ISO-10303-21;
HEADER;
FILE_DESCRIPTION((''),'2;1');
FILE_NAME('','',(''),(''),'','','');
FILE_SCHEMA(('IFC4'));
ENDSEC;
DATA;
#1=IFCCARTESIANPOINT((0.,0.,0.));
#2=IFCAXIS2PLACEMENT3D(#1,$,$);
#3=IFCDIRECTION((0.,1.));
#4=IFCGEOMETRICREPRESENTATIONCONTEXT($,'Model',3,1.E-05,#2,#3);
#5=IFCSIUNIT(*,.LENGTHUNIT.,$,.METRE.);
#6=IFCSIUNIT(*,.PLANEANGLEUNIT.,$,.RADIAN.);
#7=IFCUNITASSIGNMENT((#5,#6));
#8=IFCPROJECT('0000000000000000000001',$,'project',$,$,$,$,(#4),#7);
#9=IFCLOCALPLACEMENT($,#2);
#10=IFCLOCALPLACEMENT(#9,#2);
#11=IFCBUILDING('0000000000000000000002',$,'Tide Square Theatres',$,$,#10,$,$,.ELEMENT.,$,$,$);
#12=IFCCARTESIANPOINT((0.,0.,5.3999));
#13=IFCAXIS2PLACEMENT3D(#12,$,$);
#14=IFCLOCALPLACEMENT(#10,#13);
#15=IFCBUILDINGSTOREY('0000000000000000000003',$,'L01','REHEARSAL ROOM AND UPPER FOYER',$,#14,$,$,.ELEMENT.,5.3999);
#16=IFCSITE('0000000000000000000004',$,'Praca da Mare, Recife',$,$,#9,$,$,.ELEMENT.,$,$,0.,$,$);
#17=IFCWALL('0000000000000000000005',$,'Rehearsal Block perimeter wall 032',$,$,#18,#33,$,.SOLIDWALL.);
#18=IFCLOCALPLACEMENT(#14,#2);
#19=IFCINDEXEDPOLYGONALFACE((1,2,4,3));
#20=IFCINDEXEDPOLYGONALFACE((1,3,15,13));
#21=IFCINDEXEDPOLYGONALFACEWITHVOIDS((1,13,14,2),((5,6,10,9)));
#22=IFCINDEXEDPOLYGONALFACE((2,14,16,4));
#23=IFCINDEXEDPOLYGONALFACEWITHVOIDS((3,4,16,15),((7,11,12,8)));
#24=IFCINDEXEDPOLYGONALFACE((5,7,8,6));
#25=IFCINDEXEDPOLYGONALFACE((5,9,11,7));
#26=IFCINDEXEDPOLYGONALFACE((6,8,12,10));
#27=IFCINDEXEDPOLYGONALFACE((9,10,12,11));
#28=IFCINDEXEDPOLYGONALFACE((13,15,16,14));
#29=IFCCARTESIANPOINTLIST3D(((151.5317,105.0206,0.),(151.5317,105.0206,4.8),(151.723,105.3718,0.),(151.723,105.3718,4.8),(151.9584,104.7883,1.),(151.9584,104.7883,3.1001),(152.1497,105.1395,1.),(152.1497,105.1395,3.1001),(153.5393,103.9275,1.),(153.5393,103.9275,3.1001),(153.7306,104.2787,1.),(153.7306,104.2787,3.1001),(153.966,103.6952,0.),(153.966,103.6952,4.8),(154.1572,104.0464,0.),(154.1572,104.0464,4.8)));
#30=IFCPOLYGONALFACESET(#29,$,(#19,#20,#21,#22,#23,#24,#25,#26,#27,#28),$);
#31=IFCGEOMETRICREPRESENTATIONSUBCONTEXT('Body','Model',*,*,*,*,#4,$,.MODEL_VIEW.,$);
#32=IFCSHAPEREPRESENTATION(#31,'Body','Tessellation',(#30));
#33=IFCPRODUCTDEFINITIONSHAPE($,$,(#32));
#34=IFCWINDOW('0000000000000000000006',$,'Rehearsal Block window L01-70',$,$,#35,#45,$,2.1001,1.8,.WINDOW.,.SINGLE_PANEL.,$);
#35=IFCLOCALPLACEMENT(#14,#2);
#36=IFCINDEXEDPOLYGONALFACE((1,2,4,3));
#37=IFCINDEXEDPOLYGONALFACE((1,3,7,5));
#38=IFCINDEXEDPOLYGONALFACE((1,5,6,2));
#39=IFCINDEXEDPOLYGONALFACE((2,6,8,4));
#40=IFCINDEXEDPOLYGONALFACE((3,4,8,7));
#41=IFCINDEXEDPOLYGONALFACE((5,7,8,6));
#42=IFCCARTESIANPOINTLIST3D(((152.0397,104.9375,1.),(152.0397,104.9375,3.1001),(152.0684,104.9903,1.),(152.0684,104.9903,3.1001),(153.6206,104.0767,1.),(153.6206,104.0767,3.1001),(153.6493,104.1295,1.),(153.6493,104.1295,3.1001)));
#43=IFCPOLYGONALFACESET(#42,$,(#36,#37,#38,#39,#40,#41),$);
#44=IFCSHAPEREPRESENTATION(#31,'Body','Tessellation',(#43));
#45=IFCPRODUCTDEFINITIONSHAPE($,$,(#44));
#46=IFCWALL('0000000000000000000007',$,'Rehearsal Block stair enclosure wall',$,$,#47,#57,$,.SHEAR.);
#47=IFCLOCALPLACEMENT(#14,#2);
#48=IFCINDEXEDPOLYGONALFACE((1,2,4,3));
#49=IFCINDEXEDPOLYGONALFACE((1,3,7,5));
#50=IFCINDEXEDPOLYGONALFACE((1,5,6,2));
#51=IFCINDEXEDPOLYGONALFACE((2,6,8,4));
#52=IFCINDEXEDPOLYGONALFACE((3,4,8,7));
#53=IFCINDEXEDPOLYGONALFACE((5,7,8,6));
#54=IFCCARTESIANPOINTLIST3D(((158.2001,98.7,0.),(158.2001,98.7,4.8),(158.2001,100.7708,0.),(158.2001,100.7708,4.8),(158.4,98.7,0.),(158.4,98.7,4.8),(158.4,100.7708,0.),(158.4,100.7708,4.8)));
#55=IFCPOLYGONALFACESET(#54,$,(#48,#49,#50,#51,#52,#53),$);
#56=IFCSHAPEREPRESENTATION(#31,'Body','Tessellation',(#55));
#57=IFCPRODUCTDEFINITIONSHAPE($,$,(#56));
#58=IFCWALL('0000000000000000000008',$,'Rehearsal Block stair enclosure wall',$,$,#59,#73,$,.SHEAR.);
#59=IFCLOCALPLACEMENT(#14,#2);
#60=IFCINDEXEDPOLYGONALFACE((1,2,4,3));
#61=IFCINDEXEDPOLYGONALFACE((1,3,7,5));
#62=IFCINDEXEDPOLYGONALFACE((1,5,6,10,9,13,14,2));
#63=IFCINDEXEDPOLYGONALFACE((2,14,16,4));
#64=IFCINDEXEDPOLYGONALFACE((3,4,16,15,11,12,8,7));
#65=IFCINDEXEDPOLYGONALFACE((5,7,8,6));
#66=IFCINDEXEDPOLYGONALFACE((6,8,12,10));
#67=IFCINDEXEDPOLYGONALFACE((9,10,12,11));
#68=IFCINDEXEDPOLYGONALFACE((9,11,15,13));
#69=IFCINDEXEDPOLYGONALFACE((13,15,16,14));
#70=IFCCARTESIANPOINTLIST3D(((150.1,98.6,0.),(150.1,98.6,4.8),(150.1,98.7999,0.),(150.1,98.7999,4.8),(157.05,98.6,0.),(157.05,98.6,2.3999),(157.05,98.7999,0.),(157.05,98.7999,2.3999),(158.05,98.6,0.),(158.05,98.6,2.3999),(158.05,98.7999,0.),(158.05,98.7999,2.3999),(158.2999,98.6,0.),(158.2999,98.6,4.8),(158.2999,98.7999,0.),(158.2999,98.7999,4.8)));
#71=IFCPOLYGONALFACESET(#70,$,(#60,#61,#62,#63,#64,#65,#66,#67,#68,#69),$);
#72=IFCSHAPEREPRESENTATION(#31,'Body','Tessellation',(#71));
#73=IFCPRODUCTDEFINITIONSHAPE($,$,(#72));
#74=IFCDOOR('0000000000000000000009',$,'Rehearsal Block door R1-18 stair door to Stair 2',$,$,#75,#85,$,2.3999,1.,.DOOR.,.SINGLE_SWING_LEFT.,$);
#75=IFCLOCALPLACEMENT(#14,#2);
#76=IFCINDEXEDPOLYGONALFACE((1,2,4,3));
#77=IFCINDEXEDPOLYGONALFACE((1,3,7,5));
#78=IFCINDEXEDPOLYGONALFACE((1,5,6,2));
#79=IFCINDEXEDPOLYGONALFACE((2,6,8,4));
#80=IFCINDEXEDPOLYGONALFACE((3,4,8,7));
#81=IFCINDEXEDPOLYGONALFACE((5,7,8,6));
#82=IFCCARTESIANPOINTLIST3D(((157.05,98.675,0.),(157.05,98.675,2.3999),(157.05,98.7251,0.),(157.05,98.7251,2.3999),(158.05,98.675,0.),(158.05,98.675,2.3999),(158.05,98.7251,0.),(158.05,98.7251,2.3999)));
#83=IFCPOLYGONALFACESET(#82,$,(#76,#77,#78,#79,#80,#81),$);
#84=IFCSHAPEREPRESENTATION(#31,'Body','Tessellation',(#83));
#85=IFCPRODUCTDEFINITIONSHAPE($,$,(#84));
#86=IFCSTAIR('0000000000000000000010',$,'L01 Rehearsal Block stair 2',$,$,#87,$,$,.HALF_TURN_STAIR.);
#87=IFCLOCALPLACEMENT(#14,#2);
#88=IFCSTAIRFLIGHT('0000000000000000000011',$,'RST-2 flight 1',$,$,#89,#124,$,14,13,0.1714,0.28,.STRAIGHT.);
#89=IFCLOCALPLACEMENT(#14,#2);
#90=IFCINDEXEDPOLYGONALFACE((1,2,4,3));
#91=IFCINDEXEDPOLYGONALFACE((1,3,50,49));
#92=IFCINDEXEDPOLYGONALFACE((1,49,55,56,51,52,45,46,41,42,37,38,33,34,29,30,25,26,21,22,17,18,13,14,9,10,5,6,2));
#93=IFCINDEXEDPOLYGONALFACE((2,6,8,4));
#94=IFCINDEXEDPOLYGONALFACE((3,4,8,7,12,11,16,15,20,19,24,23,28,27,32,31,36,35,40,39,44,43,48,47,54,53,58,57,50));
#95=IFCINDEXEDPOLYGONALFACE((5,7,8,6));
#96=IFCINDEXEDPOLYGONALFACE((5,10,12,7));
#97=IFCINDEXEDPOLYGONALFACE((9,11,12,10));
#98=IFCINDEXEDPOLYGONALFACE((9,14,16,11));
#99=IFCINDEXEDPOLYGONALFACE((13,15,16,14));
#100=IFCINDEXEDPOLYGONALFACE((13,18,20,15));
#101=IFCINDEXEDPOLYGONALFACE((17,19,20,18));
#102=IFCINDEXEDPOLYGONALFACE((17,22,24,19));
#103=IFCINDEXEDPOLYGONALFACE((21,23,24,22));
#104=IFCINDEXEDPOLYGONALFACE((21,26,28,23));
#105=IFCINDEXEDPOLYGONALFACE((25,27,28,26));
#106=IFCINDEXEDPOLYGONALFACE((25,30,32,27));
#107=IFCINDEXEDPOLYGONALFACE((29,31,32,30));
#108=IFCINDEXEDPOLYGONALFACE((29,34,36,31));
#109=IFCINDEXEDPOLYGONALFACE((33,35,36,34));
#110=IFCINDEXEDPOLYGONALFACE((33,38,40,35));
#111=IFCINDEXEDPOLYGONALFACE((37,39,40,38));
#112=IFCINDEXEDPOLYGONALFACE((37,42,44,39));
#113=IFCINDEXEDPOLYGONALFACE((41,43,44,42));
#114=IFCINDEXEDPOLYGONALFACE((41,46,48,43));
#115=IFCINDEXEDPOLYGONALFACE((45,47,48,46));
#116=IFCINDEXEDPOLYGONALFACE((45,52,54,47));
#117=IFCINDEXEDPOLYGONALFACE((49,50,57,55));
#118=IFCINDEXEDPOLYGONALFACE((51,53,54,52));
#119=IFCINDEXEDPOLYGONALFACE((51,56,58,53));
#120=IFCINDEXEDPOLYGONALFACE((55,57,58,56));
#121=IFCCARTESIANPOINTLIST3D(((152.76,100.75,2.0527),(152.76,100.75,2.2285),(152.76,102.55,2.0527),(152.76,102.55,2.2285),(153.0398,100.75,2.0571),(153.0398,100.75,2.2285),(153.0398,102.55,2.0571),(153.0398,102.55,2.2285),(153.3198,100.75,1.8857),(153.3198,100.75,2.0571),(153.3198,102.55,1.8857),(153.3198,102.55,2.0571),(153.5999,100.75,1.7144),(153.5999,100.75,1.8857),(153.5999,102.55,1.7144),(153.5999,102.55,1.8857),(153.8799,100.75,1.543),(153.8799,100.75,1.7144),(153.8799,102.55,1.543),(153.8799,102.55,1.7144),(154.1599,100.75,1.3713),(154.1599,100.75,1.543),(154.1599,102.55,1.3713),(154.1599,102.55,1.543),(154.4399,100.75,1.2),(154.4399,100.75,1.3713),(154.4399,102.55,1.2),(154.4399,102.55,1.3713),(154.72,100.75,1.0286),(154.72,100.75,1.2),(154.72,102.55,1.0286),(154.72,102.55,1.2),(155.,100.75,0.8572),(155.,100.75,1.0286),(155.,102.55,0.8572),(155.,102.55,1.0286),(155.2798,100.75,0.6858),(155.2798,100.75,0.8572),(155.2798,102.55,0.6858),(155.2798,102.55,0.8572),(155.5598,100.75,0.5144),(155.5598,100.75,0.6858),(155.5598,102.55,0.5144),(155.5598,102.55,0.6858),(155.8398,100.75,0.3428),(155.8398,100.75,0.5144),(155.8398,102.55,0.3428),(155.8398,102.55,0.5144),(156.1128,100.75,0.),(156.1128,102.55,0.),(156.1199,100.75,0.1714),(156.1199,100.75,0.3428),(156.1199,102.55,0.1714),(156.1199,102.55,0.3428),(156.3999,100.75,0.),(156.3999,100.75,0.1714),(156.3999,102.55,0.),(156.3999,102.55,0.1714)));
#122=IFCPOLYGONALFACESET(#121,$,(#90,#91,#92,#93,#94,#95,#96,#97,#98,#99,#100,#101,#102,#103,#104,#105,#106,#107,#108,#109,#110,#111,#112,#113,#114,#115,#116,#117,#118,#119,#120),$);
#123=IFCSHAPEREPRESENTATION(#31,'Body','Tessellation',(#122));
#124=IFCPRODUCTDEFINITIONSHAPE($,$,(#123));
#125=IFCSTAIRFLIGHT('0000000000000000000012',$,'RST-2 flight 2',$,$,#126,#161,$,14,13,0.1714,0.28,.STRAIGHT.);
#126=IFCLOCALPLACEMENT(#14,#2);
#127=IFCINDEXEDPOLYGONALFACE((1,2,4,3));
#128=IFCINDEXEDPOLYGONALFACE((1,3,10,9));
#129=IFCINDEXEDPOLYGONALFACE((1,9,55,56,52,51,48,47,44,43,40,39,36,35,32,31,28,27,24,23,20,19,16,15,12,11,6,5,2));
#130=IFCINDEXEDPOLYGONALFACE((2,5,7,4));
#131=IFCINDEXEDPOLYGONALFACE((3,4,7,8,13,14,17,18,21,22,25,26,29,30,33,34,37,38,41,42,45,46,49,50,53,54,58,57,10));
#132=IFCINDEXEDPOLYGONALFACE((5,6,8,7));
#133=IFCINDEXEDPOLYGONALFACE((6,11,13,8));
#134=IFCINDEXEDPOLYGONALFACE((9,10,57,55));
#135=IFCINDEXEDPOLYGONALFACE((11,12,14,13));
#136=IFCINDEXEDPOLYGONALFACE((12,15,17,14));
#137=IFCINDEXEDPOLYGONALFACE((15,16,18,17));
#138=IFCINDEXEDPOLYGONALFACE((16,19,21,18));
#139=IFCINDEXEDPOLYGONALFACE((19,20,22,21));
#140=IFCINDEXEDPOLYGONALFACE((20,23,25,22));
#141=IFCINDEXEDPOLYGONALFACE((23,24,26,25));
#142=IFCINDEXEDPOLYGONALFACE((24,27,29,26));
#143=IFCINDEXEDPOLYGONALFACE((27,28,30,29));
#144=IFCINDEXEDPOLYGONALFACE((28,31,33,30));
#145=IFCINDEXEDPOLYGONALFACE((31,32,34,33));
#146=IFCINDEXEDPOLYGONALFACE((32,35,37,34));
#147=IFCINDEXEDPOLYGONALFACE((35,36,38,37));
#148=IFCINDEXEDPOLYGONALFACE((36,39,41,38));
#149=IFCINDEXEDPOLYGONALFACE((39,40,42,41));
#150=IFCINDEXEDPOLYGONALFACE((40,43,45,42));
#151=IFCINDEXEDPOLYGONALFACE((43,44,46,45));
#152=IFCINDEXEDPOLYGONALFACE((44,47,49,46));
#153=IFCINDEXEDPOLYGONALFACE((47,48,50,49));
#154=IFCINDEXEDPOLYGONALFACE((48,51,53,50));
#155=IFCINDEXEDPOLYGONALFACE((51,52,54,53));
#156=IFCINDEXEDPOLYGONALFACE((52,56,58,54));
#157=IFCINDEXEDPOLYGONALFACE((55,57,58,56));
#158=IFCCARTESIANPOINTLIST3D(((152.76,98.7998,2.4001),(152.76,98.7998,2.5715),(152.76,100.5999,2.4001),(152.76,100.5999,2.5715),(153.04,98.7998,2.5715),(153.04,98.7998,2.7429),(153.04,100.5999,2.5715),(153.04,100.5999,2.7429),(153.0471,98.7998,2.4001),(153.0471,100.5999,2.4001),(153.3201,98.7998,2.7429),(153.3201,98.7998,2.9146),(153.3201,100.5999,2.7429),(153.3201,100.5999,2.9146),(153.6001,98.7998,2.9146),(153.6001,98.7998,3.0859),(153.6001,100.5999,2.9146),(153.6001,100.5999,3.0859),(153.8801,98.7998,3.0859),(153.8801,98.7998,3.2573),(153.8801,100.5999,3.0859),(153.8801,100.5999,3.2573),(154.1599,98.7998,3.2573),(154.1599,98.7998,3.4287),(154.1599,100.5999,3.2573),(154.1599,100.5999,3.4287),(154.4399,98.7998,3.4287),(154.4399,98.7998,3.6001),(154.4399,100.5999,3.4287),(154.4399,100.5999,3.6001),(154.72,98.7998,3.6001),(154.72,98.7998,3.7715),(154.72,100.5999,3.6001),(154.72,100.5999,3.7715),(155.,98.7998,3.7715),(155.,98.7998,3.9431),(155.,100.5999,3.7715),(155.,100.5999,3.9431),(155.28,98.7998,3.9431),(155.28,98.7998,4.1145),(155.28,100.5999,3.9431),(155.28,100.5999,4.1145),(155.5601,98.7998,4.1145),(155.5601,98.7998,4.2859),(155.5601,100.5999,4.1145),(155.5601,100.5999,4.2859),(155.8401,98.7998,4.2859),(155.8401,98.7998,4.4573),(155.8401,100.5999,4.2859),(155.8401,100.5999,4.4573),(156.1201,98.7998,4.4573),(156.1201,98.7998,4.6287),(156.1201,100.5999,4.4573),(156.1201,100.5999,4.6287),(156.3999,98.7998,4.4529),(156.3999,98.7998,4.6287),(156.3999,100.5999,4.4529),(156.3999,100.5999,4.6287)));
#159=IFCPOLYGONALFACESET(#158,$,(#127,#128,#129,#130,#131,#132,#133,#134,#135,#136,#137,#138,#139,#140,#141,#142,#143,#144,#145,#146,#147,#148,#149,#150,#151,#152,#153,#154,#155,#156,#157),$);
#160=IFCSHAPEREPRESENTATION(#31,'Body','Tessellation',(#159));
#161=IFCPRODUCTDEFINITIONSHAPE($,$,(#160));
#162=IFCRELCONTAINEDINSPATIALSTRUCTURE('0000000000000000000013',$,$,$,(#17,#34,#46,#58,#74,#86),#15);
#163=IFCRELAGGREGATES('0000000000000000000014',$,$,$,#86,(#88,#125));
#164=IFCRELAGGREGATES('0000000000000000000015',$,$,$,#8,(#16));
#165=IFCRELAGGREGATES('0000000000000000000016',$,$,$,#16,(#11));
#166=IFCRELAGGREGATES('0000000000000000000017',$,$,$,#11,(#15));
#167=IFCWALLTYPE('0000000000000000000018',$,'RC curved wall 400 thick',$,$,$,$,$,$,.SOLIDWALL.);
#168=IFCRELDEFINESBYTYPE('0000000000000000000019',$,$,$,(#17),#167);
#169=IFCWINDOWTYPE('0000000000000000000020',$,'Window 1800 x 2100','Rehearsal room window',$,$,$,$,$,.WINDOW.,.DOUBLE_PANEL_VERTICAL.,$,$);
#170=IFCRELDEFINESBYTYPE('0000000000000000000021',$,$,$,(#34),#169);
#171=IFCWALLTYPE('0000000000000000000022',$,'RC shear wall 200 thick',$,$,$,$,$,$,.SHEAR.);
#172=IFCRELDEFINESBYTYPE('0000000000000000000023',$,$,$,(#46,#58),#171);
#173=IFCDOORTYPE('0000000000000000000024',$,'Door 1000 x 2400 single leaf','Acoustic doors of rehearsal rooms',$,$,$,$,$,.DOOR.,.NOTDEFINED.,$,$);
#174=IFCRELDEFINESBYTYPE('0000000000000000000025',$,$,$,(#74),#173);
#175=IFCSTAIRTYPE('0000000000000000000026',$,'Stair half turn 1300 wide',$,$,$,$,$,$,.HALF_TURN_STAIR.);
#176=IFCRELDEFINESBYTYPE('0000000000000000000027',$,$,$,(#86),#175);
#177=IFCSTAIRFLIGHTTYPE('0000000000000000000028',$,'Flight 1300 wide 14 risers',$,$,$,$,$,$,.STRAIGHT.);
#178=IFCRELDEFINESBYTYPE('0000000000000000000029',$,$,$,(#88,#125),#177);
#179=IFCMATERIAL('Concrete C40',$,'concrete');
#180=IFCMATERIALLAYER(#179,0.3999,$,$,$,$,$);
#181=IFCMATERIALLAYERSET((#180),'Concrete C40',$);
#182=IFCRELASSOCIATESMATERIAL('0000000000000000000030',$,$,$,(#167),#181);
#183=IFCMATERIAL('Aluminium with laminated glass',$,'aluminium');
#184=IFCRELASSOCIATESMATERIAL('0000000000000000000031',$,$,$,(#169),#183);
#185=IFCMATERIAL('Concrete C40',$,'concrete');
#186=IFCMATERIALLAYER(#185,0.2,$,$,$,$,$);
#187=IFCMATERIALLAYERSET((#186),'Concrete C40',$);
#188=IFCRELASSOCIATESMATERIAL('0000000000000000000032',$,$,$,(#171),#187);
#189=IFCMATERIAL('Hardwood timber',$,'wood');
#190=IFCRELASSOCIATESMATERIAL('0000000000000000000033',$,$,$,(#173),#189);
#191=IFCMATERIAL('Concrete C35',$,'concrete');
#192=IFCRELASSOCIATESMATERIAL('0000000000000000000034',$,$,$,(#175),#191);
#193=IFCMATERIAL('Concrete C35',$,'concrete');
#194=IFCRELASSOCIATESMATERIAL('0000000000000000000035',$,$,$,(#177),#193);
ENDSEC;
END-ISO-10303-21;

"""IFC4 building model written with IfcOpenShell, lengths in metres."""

from ifc_helpers import new_model, si_unit, direction, frame, frame_2d, origin, place, context, subcontext, project, spatial, polyline, rectangle, outline, extrude, material, layer, layer_set, type_object, element, fill, aggregate, save


model = new_model("IFC4")

# Units and contexts
model_context = context("Model", 3, precision=1e-05, world=origin(), true_north=direction((0.0, 1.0)))
body_context = subcontext(model_context, "Body", "Model", "MODEL_VIEW")
ifc_project = project(units=[si_unit("LENGTHUNIT", "METRE"), si_unit("PLANEANGLEUNIT", "RADIAN")], contexts=[model_context])

# Site, building, storey
site_placement = place(None, origin())
site = spatial("IfcSite", under=ifc_project, at=site_placement, Name="Praca da Mare, Recife", CompositionType="ELEMENT", RefElevation=0.0)
building_placement = place(site_placement, origin())
building = spatial("IfcBuilding", under=site, at=building_placement, Name="Tide Square Theatres", CompositionType="ELEMENT")
storey_placement = place(building_placement, frame((0.0, 0.0, 5.3999)))
storey = spatial("IfcBuildingStorey", under=building, at=storey_placement, Name="L01", Description="REHEARSAL ROOM AND UPPER FOYER", CompositionType="ELEMENT", Elevation=5.3999)

# Shared definitions
ifc_material_1 = material(Name="Concrete C40", Category="concrete")
ifc_layer_1 = layer(ifc_material_1, 0.3999)
ifc_layer_set_1 = layer_set([ifc_layer_1], Name="Concrete C40")
wall_type_1 = type_object("IfcWallType", Name="RC curved wall 400 thick", PredefinedType="SOLIDWALL", material=ifc_layer_set_1)

# Wall, opening, window
wall_1_placement = place(storey_placement, frame((154.0615, 103.8708, 0.0), z_axis=(0.0, 0.0, 1.0), x_axis=(-0.878256, 0.478192, 0.0)))
wall_1 = element("IfcWall", 1, at=wall_1_placement, inside=storey, type_object=wall_type_1, Name="Rehearsal Block perimeter wall 032", PredefinedType="SOLIDWALL", context=body_context, shape_type="SweptSolid", body=[
    extrude(rectangle(XDim=2.7717, YDim=0.3999, at=frame_2d((1.3857, 0.0))), origin(), (0.0, 0.0, 1.0), 4.8),
])
opening_1_placement = place(wall_1_placement, frame((0.4858, 0.0, 1.0)))
opening_1 = element("IfcOpeningElement", 2, at=opening_1_placement, cuts=wall_1, PredefinedType="OPENING", context=body_context, shape_type="SweptSolid", body=[
    extrude(rectangle(XDim=1.8, YDim=2.1001, at=frame_2d((0.8999, 1.05))), frame((0.0, 0.21, 0.0), z_axis=(0.0, -1.0, 0.0), x_axis=(1.0, 0.0, 0.0)), (0.0, 0.0, 1.0), 0.4199),
])
ifc_material_2 = material(Name="Aluminium with laminated glass", Category="aluminium")
window_type_1 = type_object("IfcWindowType", Name="Window 1800 x 2100", Description="Rehearsal room window", PartitioningType="DOUBLE_PANEL_VERTICAL", PredefinedType="WINDOW", material=ifc_material_2)
window_1_placement = place(opening_1_placement, origin())
window_1 = element("IfcWindow", 3, at=window_1_placement, inside=storey, type_object=window_type_1, Name="Rehearsal Block window L01-70", OverallHeight=2.1001, OverallWidth=1.8, PartitioningType="SINGLE_PANEL", PredefinedType="WINDOW", context=body_context, shape_type="SweptSolid", body=[
    extrude(rectangle(XDim=1.8, YDim=2.1001, at=frame_2d((0.8999, 1.05))), frame((0.0, 0.03, 0.0), z_axis=(0.0, -1.0, 0.0), x_axis=(1.0, 0.0, 0.0)), (0.0, 0.0, 1.0), 0.0601),
])
fill(opening_1, window_1)

# Wall
ifc_material_3 = material(Name="Concrete C40", Category="concrete")
ifc_layer_2 = layer(ifc_material_3, 0.2)
ifc_layer_set_2 = layer_set([ifc_layer_2], Name="Concrete C40")
wall_type_2 = type_object("IfcWallType", Name="RC shear wall 200 thick", PredefinedType="SHEAR", material=ifc_layer_set_2)
wall_2_placement = place(storey_placement, frame((158.3, 100.7708, 0.0), z_axis=(0.0, 0.0, 1.0), x_axis=(0.0, -1.0, 0.0)))
element("IfcWall", 4, at=wall_2_placement, inside=storey, type_object=wall_type_2, Name="Rehearsal Block stair enclosure wall", PredefinedType="SHEAR", context=body_context, shape_type="SweptSolid", body=[
    extrude(rectangle(XDim=2.0708, YDim=0.2, at=frame_2d((1.0354, 0.0))), origin(), (0.0, 0.0, 1.0), 4.8),
])

# Wall, opening, door
wall_3_placement = place(storey_placement, frame((158.3, 98.7, 0.0), z_axis=(0.0, 0.0, 1.0), x_axis=(-1.0, 0.0, 0.0)))
wall_3 = element("IfcWall", 5, at=wall_3_placement, inside=storey, type_object=wall_type_2, Name="Rehearsal Block stair enclosure wall", PredefinedType="SHEAR", context=body_context, shape_type="SweptSolid", body=[
    extrude(rectangle(XDim=8.2, YDim=0.2, at=frame_2d((4.1001, 0.0))), origin(), (0.0, 0.0, 1.0), 4.8),
])
opening_2_placement = place(wall_3_placement, frame((0.25, 0.0, 0.0)))
opening_2 = element("IfcOpeningElement", 6, at=opening_2_placement, cuts=wall_3, PredefinedType="OPENING", context=body_context, shape_type="SweptSolid", body=[
    extrude(rectangle(XDim=1.0, YDim=2.3999, at=frame_2d((0.5, 1.2))), frame((0.0, 0.1099, 0.0), z_axis=(0.0, -1.0, 0.0), x_axis=(1.0, 0.0, 0.0)), (0.0, 0.0, 1.0), 0.22),
])
ifc_material_4 = material(Name="Hardwood timber", Category="wood")
door_type_1 = type_object("IfcDoorType", Name="Door 1000 x 2400 single leaf", Description="Acoustic doors of rehearsal rooms", OperationType="NOTDEFINED", PredefinedType="DOOR", material=ifc_material_4)
door_1_placement = place(opening_2_placement, origin())
door_1 = element("IfcDoor", 7, at=door_1_placement, inside=storey, type_object=door_type_1, Name="Rehearsal Block door R1-18 stair door to Stair 2", OperationType="SINGLE_SWING_LEFT", OverallHeight=2.3999, OverallWidth=1.0, PredefinedType="DOOR", context=body_context, shape_type="SweptSolid", body=[
    extrude(rectangle(XDim=1.0, YDim=2.3999, at=frame_2d((0.5, 1.2))), frame((0.0, 0.0249, 0.0), z_axis=(0.0, -1.0, 0.0), x_axis=(1.0, 0.0, 0.0)), (0.0, 0.0, 1.0), 0.05),
])
fill(opening_2, door_1)

# Stair, stair flights
ifc_material_5 = material(Name="Concrete C35", Category="concrete")
stair_type = type_object("IfcStairType", Name="Stair half turn 1300 wide", PredefinedType="HALF_TURN_STAIR", material=ifc_material_5)
stair_placement = place(storey_placement, origin())
stair = element("IfcStair", 8, at=stair_placement, inside=storey, type_object=stair_type, Name="L01 Rehearsal Block stair 2", PredefinedType="HALF_TURN_STAIR")
ifc_material_6 = material(Name="Concrete C35", Category="concrete")
stair_flight_type = type_object("IfcStairFlightType", Name="Flight 1300 wide 14 risers", PredefinedType="STRAIGHT", material=ifc_material_6)
stair_flight_1_placement = place(storey_placement, frame((156.3999, 101.6499, 0.0), z_axis=(0.0, 0.0, 1.0), x_axis=(-1.0, 0.0, 0.0)))
stair_flight_1 = element("IfcStairFlight", 9, at=stair_flight_1_placement, type_object=stair_flight_type, Name="RST-2 flight 1", NumberOfRisers=14, NumberOfTreads=13, PredefinedType="STRAIGHT", RiserHeight=0.1714, TreadLength=0.28, context=body_context, shape_type="SweptSolid", body=[
    extrude(outline(polyline([(0.0, 0.0), (0.0, 0.1714), (0.28, 0.1714), (0.28, 0.3428), (0.5601, 0.3428), (0.5601, 0.5144), (0.8401, 0.5144), (0.8401, 0.6858), (1.1201, 0.6858), (1.1201, 0.8572), (1.3999, 0.8572), (1.3999, 1.0286), (1.6799, 1.0286), (1.6799, 1.2), (1.96, 1.2), (1.96, 1.3713), (2.24, 1.3713), (2.24, 1.543), (2.52, 1.543), (2.52, 1.7144), (2.8, 1.7144), (2.8, 1.8857), (3.0801, 1.8857), (3.0801, 2.0571), (3.3601, 2.0571), (3.3601, 2.2285), (3.6399, 2.2285), (3.6399, 2.3999), (3.6399, 2.0527), (0.2871, 0.0), (0.0, 0.0)])), frame((0.0, 0.8999, 0.0), z_axis=(0.0, -1.0, 0.0), x_axis=(1.0, 0.0, 0.0)), (0.0, 0.0, 1.0), 1.8),
])
stair_flight_2_placement = place(storey_placement, frame((152.76, 99.7, 2.4001), z_axis=(0.0, 0.0, 1.0), x_axis=(1.0, 0.0, 0.0)))
stair_flight_2 = element("IfcStairFlight", 10, at=stair_flight_2_placement, type_object=stair_flight_type, Name="RST-2 flight 2", NumberOfRisers=14, NumberOfTreads=13, PredefinedType="STRAIGHT", RiserHeight=0.1714, TreadLength=0.28, context=body_context, shape_type="SweptSolid", body=[
    extrude(outline(polyline([(0.0, 0.0), (0.0, 0.1714), (0.28, 0.1714), (0.28, 0.3428), (0.5601, 0.3428), (0.5601, 0.5144), (0.8401, 0.5144), (0.8401, 0.6858), (1.1201, 0.6858), (1.1201, 0.8572), (1.3999, 0.8572), (1.3999, 1.0286), (1.6799, 1.0286), (1.6799, 1.2), (1.96, 1.2), (1.96, 1.3713), (2.24, 1.3713), (2.24, 1.543), (2.52, 1.543), (2.52, 1.7144), (2.8, 1.7144), (2.8, 1.8857), (3.0801, 1.8857), (3.0801, 2.0571), (3.3601, 2.0571), (3.3601, 2.2285), (3.6399, 2.2285), (3.6399, 2.3999), (3.6399, 2.0527), (0.2871, 0.0), (0.0, 0.0)])), frame((0.0, 0.8999, 0.0), z_axis=(0.0, -1.0, 0.0), x_axis=(1.0, 0.0, 0.0)), (0.0, 0.0, 1.0), 1.8),
])
aggregate(stair, [stair_flight_1, stair_flight_2])

save(model, "model.ifc")
